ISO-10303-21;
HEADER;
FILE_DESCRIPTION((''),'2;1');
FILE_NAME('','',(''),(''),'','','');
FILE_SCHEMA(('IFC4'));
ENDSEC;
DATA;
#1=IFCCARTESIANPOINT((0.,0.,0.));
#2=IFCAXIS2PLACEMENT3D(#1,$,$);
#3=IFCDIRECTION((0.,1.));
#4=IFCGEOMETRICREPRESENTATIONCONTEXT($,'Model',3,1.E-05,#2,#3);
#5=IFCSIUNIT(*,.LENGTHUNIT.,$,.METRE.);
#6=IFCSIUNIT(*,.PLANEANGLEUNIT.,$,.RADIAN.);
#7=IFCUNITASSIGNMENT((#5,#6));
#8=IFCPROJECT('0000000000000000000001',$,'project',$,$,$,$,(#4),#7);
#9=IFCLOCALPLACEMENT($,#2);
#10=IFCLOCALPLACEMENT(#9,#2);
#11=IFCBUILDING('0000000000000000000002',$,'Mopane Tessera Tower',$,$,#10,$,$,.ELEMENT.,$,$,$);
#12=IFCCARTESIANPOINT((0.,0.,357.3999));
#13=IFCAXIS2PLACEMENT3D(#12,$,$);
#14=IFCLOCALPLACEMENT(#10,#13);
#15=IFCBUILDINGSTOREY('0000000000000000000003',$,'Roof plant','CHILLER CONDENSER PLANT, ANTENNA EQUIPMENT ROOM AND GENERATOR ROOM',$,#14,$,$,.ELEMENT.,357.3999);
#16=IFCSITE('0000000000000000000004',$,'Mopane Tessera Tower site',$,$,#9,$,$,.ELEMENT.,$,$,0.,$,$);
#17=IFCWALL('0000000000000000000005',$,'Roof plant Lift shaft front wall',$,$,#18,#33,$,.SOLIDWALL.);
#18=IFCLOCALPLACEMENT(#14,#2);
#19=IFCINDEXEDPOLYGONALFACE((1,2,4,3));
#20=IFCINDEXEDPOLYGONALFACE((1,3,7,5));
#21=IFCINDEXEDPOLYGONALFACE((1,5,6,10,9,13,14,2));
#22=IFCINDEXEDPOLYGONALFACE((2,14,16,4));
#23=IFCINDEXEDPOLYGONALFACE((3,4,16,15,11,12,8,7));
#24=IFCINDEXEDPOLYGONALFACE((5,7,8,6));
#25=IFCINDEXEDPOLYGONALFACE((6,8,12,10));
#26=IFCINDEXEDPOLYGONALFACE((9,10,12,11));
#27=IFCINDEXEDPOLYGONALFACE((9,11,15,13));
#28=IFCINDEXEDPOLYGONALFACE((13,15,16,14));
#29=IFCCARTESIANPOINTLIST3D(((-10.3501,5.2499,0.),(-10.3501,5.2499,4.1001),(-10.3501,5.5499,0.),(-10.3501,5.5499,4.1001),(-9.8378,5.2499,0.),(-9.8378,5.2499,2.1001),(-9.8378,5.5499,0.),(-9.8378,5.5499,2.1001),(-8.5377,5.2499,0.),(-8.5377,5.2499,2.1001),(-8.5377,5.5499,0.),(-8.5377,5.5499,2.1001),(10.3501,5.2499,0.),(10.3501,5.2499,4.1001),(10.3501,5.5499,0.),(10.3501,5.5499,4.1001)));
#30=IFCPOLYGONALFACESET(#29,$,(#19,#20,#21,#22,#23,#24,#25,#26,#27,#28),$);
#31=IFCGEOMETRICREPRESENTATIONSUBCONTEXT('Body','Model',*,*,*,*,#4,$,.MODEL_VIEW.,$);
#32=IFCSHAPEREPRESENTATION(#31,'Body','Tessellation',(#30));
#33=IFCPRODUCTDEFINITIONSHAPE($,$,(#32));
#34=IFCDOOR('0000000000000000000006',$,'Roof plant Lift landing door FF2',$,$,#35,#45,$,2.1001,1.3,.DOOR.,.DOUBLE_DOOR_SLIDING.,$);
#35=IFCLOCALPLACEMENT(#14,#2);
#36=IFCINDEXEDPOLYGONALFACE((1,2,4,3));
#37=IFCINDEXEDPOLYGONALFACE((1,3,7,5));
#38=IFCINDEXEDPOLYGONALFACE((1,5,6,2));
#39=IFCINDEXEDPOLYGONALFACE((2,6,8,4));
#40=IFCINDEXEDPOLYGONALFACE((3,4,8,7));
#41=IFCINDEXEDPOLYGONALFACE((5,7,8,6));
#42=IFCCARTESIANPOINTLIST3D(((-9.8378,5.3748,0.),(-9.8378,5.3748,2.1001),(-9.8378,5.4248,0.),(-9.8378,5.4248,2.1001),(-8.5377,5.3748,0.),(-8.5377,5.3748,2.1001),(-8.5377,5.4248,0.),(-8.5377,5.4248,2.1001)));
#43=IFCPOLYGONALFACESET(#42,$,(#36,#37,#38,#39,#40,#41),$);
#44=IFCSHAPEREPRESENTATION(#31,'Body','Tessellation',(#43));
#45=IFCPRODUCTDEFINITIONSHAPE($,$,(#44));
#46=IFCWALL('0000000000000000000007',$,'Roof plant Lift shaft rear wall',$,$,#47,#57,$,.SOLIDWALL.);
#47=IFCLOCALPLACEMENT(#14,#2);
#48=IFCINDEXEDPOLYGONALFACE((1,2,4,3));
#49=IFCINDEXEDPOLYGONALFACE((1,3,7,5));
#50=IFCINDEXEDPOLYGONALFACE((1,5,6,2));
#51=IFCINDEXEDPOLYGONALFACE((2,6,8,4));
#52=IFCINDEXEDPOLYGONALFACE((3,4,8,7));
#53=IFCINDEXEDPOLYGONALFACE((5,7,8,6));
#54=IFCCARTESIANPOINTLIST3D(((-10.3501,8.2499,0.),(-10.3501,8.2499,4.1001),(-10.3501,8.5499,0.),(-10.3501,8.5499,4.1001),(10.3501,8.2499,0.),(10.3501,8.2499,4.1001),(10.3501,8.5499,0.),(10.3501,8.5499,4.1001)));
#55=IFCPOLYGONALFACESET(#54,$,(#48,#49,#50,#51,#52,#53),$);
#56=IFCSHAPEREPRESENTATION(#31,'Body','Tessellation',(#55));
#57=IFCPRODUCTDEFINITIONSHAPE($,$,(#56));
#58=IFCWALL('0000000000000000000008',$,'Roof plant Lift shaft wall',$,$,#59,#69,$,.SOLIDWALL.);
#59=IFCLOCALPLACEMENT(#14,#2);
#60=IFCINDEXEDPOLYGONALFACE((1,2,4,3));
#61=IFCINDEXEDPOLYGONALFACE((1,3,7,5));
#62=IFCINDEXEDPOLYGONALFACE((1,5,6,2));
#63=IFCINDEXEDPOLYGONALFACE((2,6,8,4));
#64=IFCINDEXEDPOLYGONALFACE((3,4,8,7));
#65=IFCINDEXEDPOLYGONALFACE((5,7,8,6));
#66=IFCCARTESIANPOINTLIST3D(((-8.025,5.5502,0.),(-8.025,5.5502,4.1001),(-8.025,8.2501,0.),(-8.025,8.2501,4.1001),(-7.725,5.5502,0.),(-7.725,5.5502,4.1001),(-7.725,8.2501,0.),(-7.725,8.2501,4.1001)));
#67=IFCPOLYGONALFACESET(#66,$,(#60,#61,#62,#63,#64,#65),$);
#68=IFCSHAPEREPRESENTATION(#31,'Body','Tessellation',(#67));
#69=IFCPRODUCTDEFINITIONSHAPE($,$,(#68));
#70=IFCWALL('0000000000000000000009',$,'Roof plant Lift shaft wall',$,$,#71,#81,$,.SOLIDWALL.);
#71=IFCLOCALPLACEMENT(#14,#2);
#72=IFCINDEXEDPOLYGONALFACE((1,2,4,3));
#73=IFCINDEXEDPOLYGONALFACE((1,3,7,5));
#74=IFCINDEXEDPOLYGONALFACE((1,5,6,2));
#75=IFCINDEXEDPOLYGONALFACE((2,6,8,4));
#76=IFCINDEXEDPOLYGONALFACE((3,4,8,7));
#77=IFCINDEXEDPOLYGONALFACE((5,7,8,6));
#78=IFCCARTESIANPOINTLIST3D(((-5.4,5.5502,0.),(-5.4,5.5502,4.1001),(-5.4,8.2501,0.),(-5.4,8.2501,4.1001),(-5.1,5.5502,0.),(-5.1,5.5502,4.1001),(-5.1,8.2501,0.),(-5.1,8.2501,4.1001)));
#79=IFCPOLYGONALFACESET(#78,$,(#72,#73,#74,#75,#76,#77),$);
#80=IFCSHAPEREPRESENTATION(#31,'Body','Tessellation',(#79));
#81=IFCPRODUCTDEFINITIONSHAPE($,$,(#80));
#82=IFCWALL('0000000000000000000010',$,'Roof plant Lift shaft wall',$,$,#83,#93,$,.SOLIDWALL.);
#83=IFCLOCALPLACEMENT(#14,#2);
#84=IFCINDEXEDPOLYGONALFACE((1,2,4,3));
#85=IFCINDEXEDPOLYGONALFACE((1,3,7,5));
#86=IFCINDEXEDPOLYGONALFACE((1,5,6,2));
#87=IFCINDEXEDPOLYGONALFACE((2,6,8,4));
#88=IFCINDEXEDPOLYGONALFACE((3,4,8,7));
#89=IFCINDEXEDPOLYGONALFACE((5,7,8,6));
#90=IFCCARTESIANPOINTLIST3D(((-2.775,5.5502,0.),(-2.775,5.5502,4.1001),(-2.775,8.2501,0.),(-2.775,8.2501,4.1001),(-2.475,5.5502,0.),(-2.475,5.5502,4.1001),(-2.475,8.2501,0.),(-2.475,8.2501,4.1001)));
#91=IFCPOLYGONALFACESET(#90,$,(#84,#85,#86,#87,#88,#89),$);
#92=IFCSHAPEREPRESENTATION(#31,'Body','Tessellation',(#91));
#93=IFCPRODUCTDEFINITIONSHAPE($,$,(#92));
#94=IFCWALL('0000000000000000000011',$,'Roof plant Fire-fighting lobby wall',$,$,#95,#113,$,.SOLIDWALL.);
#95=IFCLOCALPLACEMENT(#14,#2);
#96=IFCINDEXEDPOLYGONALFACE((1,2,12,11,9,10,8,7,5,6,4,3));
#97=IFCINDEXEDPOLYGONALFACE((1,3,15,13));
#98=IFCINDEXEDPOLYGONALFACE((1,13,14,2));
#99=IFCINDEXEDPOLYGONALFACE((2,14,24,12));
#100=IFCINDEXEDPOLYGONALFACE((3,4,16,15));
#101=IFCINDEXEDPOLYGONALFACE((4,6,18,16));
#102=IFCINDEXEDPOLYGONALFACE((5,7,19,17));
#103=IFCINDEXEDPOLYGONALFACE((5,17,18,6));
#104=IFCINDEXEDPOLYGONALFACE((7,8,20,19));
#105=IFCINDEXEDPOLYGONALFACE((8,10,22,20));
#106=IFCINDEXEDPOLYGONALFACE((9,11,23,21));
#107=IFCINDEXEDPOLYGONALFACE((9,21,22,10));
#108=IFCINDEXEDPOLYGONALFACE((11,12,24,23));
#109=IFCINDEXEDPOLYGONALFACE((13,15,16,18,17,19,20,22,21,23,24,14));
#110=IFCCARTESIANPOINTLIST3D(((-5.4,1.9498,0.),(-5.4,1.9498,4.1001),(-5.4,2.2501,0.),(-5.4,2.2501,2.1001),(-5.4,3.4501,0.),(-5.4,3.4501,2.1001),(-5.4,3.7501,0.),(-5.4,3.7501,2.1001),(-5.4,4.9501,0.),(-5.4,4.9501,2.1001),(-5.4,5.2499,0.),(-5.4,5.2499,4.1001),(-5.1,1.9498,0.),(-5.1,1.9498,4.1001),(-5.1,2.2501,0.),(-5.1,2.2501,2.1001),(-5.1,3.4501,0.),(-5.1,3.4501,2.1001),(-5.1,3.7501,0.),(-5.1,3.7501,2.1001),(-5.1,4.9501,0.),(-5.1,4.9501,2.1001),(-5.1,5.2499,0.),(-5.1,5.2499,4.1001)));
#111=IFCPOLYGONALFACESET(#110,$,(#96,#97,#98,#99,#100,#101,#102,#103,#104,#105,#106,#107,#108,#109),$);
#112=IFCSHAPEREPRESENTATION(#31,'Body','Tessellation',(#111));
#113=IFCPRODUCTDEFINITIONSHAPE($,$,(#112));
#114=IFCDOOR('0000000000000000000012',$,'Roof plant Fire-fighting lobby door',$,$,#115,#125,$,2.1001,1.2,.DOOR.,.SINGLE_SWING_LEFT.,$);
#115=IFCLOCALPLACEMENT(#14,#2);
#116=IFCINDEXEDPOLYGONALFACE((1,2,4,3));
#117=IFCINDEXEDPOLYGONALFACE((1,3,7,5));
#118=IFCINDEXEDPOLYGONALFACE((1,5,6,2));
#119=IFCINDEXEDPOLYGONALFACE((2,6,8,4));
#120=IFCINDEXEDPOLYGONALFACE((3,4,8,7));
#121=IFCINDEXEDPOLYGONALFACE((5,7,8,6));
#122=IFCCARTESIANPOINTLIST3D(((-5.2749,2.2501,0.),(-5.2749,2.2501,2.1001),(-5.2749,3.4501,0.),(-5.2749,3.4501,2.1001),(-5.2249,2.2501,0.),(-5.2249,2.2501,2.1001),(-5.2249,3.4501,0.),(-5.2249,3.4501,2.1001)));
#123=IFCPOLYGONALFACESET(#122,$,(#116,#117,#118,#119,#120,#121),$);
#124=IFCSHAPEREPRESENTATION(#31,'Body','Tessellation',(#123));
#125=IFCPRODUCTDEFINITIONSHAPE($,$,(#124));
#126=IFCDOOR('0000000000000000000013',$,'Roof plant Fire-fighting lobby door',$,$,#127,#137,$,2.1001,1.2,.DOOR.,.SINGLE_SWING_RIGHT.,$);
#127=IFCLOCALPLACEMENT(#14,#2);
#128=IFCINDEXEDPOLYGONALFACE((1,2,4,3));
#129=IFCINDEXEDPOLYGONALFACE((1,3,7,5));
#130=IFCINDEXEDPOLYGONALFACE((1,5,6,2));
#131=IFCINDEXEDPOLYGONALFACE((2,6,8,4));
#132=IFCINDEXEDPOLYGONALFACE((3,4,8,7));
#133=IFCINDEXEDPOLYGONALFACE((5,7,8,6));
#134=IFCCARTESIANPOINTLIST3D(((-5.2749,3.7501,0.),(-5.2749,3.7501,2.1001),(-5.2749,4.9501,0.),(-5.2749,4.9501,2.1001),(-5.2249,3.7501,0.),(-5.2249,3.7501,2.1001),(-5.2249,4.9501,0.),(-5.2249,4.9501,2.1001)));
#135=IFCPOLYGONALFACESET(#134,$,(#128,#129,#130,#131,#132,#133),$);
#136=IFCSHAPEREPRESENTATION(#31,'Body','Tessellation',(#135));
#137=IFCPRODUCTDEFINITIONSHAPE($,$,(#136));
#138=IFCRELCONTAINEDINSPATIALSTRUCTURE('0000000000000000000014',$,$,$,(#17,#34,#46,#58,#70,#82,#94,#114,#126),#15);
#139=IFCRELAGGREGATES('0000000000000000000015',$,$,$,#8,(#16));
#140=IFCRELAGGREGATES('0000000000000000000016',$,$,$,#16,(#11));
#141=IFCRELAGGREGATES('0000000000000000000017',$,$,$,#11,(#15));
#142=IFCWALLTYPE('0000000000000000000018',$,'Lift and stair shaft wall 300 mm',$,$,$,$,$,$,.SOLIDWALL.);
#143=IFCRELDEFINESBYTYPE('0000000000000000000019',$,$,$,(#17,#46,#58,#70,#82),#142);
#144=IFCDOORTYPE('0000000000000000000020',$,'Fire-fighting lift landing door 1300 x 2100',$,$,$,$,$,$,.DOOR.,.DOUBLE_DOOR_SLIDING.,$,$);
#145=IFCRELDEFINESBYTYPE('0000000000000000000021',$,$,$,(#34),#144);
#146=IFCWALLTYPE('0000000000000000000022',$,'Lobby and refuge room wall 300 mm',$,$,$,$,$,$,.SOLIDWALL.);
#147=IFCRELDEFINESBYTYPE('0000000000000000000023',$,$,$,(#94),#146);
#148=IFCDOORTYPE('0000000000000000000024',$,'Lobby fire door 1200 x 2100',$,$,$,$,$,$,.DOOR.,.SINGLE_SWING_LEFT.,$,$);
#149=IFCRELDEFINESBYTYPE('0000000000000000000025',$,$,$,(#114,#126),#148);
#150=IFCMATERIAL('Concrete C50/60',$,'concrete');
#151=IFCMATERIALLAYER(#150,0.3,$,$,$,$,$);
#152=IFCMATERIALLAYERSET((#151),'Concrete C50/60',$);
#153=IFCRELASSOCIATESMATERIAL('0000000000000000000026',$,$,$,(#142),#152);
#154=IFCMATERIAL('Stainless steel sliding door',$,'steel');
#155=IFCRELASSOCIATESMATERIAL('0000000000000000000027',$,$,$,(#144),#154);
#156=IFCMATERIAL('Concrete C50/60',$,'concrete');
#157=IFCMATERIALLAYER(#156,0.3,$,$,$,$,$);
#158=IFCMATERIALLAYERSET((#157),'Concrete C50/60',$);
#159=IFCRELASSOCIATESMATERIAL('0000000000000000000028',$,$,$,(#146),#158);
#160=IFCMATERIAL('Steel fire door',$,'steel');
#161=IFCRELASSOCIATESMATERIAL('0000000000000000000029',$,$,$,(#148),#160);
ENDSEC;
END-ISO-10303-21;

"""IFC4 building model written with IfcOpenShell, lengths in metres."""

from ifc_helpers import new_model, si_unit, direction, frame, frame_2d, origin, place, context, subcontext, project, spatial, rectangle, extrude, material, layer, layer_set, type_object, element, fill, save


model = new_model("IFC4")

# Units and contexts
model_context = context("Model", 3, precision=1e-05, world=origin(), true_north=direction((0.0, 1.0)))
body_context = subcontext(model_context, "Body", "Model", "MODEL_VIEW")
ifc_project = project(units=[si_unit("LENGTHUNIT", "METRE"), si_unit("PLANEANGLEUNIT", "RADIAN")], contexts=[model_context])

# Site, building, storey
site_placement = place(None, origin())
site = spatial("IfcSite", under=ifc_project, at=site_placement, Name="Mopane Tessera Tower site", CompositionType="ELEMENT", RefElevation=0.0)
building_placement = place(site_placement, origin())
building = spatial("IfcBuilding", under=site, at=building_placement, Name="Mopane Tessera Tower", CompositionType="ELEMENT")
storey_placement = place(building_placement, frame((0.0, 0.0, 357.3999)))
storey = spatial("IfcBuildingStorey", under=building, at=storey_placement, Name="Roof plant", Description="CHILLER CONDENSER PLANT, ANTENNA EQUIPMENT ROOM AND GENERATOR ROOM", CompositionType="ELEMENT", Elevation=357.3999)

# Shared definitions
ifc_material_1 = material(Name="Concrete C50/60", Category="concrete")
ifc_layer_1 = layer(ifc_material_1, 0.3)
ifc_layer_set_1 = layer_set([ifc_layer_1], Name="Concrete C50/60")
wall_type_1 = type_object("IfcWallType", Name="Lift and stair shaft wall 300 mm", PredefinedType="SOLIDWALL", material=ifc_layer_set_1)
ifc_material_2 = material(Name="Stainless steel sliding door", Category="steel")
door_type_1 = type_object("IfcDoorType", Name="Fire-fighting lift landing door 1300 x 2100", OperationType="DOUBLE_DOOR_SLIDING", PredefinedType="DOOR", material=ifc_material_2)

# Wall, opening, door
wall_1_placement = place(storey_placement, frame((-10.3501, 5.3999, 0.0), z_axis=(0.0, 0.0, 1.0), x_axis=(1.0, 0.0, 0.0)))
wall_1 = element("IfcWall", 1, at=wall_1_placement, inside=storey, type_object=wall_type_1, Name="Roof plant Lift shaft front wall", PredefinedType="SOLIDWALL", context=body_context, shape_type="SweptSolid", body=[
    extrude(rectangle(XDim=20.7002, YDim=0.3, at=frame_2d((10.3501, 0.0))), origin(), (0.0, 0.0, 1.0), 4.1001),
])
opening_1_placement = place(wall_1_placement, frame((0.5125, 0.0, 0.0)))
opening_1 = element("IfcOpeningElement", 2, at=opening_1_placement, cuts=wall_1, PredefinedType="OPENING", context=body_context, shape_type="SweptSolid", body=[
    extrude(rectangle(XDim=1.3, YDim=2.1001, at=frame_2d((0.6499, 1.05))), frame((0.0, 0.1621, 0.0), z_axis=(0.0, -1.0, 0.0), x_axis=(1.0, 0.0, 0.0)), (0.0, 0.0, 1.0), 0.324),
])
door_1_placement = place(opening_1_placement, origin())
door_1 = element("IfcDoor", 3, at=door_1_placement, inside=storey, type_object=door_type_1, Name="Roof plant Lift landing door FF2", OperationType="DOUBLE_DOOR_SLIDING", OverallHeight=2.1001, OverallWidth=1.3, PredefinedType="DOOR", context=body_context, shape_type="SweptSolid", body=[
    extrude(rectangle(XDim=1.3, YDim=2.1001, at=frame_2d((0.6499, 1.05))), frame((0.0, 0.0249, 0.0), z_axis=(0.0, -1.0, 0.0), x_axis=(1.0, 0.0, 0.0)), (0.0, 0.0, 1.0), 0.05),
])
fill(opening_1, door_1)

# Walls
wall_2_placement = place(storey_placement, frame((-10.3501, 8.3999, 0.0), z_axis=(0.0, 0.0, 1.0), x_axis=(1.0, 0.0, 0.0)))
element("IfcWall", 4, at=wall_2_placement, inside=storey, type_object=wall_type_1, Name="Roof plant Lift shaft rear wall", PredefinedType="SOLIDWALL", context=body_context, shape_type="SweptSolid", body=[
    extrude(rectangle(XDim=20.7002, YDim=0.3, at=frame_2d((10.3501, 0.0))), origin(), (0.0, 0.0, 1.0), 4.1001),
])
for number, where, z_axis, x_axis, name in (
    (5, (-7.875, 5.55, 0.0), (0.0, 0.0, 1.0), (0.0, 1.0, 0.0), "Roof plant Lift shaft wall"),
    (6, (-5.25, 5.55, 0.0), (0.0, 0.0, 1.0), (0.0, 1.0, 0.0), "Roof plant Lift shaft wall"),
    (7, (-2.625, 5.55, 0.0), (0.0, 0.0, 1.0), (0.0, 1.0, 0.0), "Roof plant Lift shaft wall"),
):
    element("IfcWall", number, at=place(storey_placement, frame(where, z_axis=z_axis, x_axis=x_axis)), inside=storey, type_object=wall_type_1, Name=name, PredefinedType="SOLIDWALL", context=body_context, shape_type="SweptSolid", body=[
        extrude(rectangle(XDim=2.7, YDim=0.3, at=frame_2d((1.3501, 0.0))), origin(), (0.0, 0.0, 1.0), 4.1001),
    ])

# Wall, openings, doors
ifc_material_3 = material(Name="Concrete C50/60", Category="concrete")
ifc_layer_2 = layer(ifc_material_3, 0.3)
ifc_layer_set_2 = layer_set([ifc_layer_2], Name="Concrete C50/60")
wall_type_2 = type_object("IfcWallType", Name="Lobby and refuge room wall 300 mm", PredefinedType="SOLIDWALL", material=ifc_layer_set_2)
wall_3_placement = place(storey_placement, frame((-5.25, 1.95, 0.0), z_axis=(0.0, 0.0, 1.0), x_axis=(0.0, 1.0, 0.0)))
wall_3 = element("IfcWall", 8, at=wall_3_placement, inside=storey, type_object=wall_type_2, Name="Roof plant Fire-fighting lobby wall", PredefinedType="SOLIDWALL", context=body_context, shape_type="SweptSolid", body=[
    extrude(rectangle(XDim=3.3, YDim=0.3, at=frame_2d((1.6499, 0.0))), origin(), (0.0, 0.0, 1.0), 4.1001),
])
opening_2_placement = place(wall_3_placement, frame((0.3, 0.0, 0.0)))
opening_2 = element("IfcOpeningElement", 9, at=opening_2_placement, cuts=wall_3, PredefinedType="OPENING", context=body_context, shape_type="SweptSolid", body=[
    extrude(rectangle(XDim=1.2, YDim=2.1001, at=frame_2d((0.6001, 1.05))), frame((0.0, 0.1621, 0.0), z_axis=(0.0, -1.0, 0.0), x_axis=(1.0, 0.0, 0.0)), (0.0, 0.0, 1.0), 0.324),
])
opening_3_placement = place(wall_3_placement, frame((1.8, 0.0, 0.0)))
opening_3 = element("IfcOpeningElement", 10, at=opening_3_placement, cuts=wall_3, PredefinedType="OPENING", context=body_context, shape_type="SweptSolid", body=[
    extrude(rectangle(XDim=1.2, YDim=2.1001, at=frame_2d((0.6001, 1.05))), frame((0.0, 0.1621, 0.0), z_axis=(0.0, -1.0, 0.0), x_axis=(1.0, 0.0, 0.0)), (0.0, 0.0, 1.0), 0.324),
])
ifc_material_4 = material(Name="Steel fire door", Category="steel")
door_type_2 = type_object("IfcDoorType", Name="Lobby fire door 1200 x 2100", OperationType="SINGLE_SWING_LEFT", PredefinedType="DOOR", material=ifc_material_4)
door_2_placement = place(opening_2_placement, origin())
door_2 = element("IfcDoor", 11, at=door_2_placement, inside=storey, type_object=door_type_2, Name="Roof plant Fire-fighting lobby door", OperationType="SINGLE_SWING_LEFT", OverallHeight=2.1001, OverallWidth=1.2, PredefinedType="DOOR", context=body_context, shape_type="SweptSolid", body=[
    extrude(rectangle(XDim=1.2, YDim=2.1001, at=frame_2d((0.6001, 1.05))), frame((0.0, 0.0249, 0.0), z_axis=(0.0, -1.0, 0.0), x_axis=(1.0, 0.0, 0.0)), (0.0, 0.0, 1.0), 0.05),
])
fill(opening_2, door_2)
door_3_placement = place(opening_3_placement, origin())
door_3 = element("IfcDoor", 12, at=door_3_placement, inside=storey, type_object=door_type_2, Name="Roof plant Fire-fighting lobby door", OperationType="SINGLE_SWING_RIGHT", OverallHeight=2.1001, OverallWidth=1.2, PredefinedType="DOOR", context=body_context, shape_type="SweptSolid", body=[
    extrude(rectangle(XDim=1.2, YDim=2.1001, at=frame_2d((0.6001, 1.05))), frame((0.0, 0.0249, 0.0), z_axis=(0.0, -1.0, 0.0), x_axis=(1.0, 0.0, 0.0)), (0.0, 0.0, 1.0), 0.05),
])
fill(opening_3, door_3)

save(model, "model.ifc")
